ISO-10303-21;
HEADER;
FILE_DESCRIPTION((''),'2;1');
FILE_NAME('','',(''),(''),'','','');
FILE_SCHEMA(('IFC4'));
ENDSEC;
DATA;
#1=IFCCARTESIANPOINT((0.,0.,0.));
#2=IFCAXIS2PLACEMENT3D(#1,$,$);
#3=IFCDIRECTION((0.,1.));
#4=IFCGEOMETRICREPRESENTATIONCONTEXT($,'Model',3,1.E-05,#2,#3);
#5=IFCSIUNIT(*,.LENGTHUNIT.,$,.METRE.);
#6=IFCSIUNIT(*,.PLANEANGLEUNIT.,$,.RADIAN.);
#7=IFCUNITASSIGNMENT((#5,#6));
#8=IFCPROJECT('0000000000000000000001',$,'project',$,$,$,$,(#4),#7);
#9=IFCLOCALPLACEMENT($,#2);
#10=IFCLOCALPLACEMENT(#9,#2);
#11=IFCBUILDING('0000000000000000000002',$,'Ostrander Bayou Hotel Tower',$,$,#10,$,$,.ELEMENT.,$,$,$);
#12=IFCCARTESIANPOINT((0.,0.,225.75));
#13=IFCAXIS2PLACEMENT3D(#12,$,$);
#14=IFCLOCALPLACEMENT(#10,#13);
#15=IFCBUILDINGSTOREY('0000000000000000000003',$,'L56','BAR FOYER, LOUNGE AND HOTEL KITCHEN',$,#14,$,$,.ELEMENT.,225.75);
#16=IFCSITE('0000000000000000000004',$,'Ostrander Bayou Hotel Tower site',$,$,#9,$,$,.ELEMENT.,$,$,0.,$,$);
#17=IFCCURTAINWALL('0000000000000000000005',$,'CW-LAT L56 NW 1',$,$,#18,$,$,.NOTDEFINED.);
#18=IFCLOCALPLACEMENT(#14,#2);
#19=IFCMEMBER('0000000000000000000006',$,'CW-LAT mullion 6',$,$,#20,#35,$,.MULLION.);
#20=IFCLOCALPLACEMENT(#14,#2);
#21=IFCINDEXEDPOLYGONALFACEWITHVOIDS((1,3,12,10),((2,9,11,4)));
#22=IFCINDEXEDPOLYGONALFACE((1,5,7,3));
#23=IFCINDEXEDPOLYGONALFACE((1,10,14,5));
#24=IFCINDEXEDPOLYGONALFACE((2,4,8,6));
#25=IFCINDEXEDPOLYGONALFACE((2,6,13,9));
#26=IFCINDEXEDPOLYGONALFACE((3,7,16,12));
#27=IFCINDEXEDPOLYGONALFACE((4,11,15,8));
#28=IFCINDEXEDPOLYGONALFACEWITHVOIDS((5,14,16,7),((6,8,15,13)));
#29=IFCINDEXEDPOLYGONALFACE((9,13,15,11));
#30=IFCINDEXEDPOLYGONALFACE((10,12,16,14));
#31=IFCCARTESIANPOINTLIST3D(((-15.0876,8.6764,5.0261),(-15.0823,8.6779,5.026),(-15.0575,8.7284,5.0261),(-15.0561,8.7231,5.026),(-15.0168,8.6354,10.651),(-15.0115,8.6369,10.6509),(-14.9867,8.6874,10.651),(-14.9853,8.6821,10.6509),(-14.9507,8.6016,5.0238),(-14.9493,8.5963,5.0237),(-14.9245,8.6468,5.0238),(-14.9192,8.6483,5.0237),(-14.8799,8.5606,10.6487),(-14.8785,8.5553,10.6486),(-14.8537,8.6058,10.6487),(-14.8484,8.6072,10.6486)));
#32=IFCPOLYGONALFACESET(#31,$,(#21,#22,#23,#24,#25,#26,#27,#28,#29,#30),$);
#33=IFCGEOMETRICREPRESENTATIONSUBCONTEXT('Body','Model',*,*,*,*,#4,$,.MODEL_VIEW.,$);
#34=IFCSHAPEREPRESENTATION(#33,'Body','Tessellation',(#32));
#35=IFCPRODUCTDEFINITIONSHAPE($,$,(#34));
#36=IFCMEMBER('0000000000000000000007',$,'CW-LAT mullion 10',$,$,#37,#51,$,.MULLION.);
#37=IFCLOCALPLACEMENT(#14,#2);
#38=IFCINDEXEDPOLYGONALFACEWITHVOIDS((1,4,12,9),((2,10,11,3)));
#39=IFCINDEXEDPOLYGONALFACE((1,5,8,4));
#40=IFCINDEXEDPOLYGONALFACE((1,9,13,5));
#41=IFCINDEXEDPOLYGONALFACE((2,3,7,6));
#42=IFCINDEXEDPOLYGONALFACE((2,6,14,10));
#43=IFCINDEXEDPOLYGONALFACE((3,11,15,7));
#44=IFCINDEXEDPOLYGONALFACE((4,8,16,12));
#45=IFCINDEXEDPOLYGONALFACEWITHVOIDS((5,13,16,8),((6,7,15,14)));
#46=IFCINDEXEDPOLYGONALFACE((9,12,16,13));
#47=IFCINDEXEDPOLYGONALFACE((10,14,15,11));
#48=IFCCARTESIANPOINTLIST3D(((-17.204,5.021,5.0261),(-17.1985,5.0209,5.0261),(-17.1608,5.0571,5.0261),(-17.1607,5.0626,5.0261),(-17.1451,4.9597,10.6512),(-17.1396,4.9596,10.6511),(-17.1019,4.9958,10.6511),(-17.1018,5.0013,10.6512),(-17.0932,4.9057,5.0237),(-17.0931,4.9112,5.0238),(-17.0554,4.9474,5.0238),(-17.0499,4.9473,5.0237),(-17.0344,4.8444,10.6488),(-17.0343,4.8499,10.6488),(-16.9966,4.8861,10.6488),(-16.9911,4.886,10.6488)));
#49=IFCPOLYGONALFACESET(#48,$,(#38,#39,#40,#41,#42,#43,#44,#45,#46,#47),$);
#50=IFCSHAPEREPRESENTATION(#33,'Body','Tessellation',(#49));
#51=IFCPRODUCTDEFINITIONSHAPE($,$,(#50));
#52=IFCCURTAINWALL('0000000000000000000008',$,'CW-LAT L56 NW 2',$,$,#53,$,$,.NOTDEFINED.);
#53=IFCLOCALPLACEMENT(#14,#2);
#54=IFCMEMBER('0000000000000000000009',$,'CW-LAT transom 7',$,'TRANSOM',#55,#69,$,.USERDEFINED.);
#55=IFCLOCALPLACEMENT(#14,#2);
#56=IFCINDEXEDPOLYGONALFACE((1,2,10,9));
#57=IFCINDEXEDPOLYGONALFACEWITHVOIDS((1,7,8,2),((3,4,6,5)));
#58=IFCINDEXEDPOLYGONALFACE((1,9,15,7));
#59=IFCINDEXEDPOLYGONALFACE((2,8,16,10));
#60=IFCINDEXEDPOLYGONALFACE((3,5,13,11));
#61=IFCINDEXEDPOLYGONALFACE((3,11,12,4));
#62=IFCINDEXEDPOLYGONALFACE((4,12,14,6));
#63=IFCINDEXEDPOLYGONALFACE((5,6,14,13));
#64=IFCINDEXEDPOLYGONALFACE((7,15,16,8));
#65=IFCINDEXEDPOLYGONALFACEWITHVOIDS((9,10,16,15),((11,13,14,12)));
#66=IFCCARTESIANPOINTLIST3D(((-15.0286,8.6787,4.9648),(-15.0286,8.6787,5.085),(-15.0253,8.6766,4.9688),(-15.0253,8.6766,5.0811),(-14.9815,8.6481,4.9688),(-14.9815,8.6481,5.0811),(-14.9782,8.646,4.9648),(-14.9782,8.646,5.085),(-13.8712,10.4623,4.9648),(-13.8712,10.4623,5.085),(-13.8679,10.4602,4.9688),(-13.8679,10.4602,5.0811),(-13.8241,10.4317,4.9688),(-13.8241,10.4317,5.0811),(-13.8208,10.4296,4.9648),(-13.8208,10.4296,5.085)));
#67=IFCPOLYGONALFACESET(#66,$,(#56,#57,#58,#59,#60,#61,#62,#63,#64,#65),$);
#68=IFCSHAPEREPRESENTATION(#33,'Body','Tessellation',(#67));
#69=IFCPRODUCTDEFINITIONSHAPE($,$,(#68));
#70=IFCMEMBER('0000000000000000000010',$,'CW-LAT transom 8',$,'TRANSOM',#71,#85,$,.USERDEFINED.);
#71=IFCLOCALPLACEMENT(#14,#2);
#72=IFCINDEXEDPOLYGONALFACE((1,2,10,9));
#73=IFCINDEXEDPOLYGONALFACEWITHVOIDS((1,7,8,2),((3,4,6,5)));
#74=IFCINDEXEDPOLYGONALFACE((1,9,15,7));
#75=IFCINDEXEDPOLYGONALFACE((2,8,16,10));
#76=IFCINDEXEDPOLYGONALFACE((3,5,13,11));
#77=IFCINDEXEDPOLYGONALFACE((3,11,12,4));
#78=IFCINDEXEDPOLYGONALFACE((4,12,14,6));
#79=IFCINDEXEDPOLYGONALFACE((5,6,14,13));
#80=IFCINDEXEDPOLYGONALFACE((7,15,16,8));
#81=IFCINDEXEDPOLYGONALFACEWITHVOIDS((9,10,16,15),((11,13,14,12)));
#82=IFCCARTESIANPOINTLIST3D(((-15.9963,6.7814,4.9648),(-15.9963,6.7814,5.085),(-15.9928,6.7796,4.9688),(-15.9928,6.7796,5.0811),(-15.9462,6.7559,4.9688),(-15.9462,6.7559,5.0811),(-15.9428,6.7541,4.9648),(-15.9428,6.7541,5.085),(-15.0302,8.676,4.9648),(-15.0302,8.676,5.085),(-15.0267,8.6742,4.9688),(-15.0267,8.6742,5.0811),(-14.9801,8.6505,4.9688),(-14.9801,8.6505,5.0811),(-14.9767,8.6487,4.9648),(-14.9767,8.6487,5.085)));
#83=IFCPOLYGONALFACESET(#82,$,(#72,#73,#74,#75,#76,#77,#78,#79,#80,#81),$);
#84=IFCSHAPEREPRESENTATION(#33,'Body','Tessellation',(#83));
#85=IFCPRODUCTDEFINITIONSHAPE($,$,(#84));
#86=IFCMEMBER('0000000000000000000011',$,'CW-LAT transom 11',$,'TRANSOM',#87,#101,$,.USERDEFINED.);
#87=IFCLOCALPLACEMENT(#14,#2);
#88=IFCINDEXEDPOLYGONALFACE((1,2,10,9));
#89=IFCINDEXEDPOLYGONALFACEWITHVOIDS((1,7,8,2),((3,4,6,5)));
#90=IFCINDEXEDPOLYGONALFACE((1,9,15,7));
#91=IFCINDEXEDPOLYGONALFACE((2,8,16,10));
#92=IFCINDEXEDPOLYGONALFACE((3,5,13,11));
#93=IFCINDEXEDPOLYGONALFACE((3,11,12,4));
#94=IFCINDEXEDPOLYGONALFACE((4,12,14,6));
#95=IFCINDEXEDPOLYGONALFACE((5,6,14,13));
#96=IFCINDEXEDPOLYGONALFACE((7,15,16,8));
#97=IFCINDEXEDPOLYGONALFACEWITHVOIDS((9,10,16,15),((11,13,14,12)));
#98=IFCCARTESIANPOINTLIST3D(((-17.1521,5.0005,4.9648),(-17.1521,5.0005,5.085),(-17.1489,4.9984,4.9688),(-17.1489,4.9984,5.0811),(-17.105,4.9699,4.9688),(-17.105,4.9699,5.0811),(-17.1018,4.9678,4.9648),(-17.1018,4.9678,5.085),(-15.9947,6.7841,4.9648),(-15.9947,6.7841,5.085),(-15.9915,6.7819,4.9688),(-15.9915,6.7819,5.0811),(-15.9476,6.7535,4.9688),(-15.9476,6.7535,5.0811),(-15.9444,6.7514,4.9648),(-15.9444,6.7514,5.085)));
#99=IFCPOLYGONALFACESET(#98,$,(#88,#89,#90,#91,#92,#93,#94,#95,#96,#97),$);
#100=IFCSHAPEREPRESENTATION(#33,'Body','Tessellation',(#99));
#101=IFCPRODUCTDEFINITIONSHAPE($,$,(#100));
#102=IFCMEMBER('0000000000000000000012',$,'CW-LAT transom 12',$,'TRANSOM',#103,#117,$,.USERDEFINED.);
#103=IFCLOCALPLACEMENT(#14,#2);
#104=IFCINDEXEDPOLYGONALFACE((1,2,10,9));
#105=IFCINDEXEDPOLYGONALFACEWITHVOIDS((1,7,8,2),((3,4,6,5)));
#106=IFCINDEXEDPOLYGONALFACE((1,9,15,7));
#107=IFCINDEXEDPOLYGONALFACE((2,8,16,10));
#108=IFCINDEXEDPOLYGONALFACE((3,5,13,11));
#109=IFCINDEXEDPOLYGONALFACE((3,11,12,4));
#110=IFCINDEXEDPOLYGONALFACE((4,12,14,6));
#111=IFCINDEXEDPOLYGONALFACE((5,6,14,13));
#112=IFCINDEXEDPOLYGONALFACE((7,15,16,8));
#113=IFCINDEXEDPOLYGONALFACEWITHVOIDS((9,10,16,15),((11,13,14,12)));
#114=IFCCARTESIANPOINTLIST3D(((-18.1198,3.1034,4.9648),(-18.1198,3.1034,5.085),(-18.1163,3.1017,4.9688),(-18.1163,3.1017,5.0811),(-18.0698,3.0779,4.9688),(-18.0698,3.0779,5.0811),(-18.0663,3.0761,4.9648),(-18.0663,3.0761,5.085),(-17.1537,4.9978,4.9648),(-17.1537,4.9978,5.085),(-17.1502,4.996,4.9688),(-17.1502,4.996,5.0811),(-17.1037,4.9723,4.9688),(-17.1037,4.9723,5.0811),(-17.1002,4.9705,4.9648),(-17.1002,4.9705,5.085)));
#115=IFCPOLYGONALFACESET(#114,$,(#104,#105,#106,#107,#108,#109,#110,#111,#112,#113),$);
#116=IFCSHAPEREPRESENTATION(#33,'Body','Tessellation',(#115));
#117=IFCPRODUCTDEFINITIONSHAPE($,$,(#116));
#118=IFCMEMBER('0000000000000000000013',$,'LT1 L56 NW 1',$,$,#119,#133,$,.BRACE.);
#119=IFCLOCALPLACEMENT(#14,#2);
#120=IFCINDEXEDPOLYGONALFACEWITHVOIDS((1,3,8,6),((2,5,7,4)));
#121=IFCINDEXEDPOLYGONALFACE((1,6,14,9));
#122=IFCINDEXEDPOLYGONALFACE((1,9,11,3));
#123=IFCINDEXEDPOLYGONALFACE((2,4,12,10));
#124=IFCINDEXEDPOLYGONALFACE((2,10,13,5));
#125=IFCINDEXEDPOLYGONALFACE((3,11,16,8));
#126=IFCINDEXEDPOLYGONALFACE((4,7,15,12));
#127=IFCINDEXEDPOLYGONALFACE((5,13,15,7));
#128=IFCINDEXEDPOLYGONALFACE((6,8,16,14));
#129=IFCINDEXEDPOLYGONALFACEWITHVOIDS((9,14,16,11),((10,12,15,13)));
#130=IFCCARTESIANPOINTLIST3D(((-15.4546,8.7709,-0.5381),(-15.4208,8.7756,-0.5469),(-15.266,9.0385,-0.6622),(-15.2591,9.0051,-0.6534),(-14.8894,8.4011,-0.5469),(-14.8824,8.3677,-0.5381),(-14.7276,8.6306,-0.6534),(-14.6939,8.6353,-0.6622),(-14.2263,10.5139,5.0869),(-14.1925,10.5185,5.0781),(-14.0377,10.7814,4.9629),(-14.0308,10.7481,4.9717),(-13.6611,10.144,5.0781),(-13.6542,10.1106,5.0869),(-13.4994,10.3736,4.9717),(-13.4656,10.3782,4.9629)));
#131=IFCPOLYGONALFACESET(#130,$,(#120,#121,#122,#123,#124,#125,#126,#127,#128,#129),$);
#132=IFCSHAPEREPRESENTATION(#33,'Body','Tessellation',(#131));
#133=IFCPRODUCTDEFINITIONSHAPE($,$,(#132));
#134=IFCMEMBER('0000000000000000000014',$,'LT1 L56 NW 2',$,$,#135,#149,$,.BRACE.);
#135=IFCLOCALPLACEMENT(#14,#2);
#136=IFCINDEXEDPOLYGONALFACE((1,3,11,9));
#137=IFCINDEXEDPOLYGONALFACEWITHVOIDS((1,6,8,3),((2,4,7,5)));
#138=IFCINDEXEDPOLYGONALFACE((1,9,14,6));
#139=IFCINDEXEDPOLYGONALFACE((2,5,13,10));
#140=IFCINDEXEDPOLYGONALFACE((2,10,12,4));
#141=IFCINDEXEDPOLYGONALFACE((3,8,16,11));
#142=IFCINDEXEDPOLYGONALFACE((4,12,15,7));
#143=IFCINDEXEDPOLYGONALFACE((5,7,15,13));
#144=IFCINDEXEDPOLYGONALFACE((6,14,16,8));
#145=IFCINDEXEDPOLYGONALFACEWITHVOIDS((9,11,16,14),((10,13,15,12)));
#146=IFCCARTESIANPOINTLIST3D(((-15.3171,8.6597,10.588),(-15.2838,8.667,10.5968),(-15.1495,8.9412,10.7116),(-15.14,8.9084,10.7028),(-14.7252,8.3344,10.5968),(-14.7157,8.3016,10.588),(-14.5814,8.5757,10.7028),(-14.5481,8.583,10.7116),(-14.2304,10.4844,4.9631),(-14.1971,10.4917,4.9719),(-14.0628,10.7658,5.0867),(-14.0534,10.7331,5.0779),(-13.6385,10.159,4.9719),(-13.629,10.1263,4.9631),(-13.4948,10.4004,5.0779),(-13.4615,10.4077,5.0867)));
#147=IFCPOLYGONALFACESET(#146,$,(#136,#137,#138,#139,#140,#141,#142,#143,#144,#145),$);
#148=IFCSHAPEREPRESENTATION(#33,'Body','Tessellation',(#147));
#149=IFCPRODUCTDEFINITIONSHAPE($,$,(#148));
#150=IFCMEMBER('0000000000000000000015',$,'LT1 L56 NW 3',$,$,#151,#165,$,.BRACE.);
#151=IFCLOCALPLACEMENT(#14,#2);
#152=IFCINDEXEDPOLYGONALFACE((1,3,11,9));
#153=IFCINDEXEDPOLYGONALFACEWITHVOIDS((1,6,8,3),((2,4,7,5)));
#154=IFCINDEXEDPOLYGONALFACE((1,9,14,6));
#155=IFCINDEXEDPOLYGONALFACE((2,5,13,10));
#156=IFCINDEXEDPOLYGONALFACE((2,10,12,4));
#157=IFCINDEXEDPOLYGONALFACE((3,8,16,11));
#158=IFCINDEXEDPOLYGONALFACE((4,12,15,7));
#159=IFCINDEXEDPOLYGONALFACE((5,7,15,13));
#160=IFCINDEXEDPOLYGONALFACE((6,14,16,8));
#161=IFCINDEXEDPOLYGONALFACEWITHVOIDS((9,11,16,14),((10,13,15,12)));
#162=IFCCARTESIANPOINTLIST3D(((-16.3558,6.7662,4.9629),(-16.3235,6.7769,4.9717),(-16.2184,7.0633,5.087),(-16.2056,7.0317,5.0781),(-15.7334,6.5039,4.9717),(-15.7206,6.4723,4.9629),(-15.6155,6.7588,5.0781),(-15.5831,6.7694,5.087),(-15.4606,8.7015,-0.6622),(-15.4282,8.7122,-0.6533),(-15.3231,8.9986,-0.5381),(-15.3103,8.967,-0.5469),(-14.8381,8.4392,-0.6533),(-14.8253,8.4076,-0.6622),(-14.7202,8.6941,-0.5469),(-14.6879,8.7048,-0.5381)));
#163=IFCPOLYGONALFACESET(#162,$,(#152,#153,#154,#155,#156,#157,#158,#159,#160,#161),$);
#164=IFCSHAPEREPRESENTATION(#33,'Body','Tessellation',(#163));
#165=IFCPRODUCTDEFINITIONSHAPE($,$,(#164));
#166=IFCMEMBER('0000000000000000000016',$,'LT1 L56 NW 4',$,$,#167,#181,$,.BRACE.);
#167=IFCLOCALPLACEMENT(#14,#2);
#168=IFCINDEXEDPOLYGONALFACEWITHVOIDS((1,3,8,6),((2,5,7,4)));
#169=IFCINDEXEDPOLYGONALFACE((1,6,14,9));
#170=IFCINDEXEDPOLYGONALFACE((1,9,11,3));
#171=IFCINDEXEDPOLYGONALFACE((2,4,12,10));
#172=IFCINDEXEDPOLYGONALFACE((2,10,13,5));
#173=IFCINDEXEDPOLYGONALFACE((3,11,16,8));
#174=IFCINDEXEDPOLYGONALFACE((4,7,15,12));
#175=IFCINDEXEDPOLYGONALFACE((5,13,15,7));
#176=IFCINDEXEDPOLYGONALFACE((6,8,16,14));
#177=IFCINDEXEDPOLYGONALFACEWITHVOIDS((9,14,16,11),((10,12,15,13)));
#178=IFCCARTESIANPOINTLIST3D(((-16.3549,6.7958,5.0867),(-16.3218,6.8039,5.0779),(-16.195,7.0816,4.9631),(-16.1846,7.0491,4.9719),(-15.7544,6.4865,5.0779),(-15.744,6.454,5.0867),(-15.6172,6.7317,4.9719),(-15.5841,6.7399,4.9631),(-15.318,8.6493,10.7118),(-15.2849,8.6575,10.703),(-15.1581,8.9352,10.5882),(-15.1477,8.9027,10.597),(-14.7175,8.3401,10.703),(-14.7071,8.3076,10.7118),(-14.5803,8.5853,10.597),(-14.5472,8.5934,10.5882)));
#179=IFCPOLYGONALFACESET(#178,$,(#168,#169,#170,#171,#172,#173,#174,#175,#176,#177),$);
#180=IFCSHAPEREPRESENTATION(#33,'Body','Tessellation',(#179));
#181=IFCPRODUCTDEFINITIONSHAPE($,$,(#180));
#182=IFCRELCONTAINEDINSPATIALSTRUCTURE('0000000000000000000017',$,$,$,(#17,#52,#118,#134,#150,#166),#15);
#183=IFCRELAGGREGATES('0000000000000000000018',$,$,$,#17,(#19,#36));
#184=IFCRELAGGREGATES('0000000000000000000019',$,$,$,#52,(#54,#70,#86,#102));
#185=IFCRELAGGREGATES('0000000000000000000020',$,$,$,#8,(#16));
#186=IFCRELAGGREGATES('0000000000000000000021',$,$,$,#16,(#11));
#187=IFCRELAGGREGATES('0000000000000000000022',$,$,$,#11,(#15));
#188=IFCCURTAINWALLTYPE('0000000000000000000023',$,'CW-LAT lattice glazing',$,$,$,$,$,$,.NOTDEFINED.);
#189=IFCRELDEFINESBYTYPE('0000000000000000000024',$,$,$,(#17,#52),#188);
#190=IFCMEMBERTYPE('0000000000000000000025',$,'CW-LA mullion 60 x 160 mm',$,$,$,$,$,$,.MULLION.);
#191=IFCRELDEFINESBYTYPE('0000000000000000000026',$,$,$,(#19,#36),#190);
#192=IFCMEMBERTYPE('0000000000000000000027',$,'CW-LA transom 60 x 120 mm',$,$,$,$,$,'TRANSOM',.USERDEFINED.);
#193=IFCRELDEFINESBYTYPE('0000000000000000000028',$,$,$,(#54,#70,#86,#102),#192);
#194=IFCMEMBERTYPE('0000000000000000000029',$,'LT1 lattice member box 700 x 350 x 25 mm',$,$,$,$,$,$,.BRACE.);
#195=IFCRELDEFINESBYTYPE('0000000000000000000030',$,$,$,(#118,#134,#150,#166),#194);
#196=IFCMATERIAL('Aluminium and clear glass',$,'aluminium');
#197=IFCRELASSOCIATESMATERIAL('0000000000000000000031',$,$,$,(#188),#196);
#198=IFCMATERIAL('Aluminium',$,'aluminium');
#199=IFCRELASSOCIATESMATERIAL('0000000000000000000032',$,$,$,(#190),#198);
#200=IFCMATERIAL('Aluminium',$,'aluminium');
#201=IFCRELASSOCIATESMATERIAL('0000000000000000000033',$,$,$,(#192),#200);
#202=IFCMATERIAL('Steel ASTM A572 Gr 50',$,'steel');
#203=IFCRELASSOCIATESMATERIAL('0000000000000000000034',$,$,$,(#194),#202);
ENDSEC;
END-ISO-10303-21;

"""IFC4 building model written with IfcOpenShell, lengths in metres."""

from ifc_helpers import new_model, si_unit, direction, frame, origin, origin_2d, place, context, subcontext, project, spatial, hollow_rectangle, extrude, material, material_profile, profile_set, type_object, element, aggregate, save


model = new_model("IFC4")

# Units and contexts
model_context = context("Model", 3, precision=1e-05, world=origin(), true_north=direction((0.0, 1.0)))
body_context = subcontext(model_context, "Body", "Model", "MODEL_VIEW")
ifc_project = project(units=[si_unit("LENGTHUNIT", "METRE"), si_unit("PLANEANGLEUNIT", "RADIAN")], contexts=[model_context])

# Site, building, storey
site_placement = place(None, origin())
site = spatial("IfcSite", under=ifc_project, at=site_placement, Name="Ostrander Bayou Hotel Tower site", CompositionType="ELEMENT", RefElevation=0.0)
building_placement = place(site_placement, origin())
building = spatial("IfcBuilding", under=site, at=building_placement, Name="Ostrander Bayou Hotel Tower", CompositionType="ELEMENT")
storey_placement = place(building_placement, frame((0.0, 0.0, 225.75)))
storey = spatial("IfcBuildingStorey", under=building, at=storey_placement, Name="L56", Description="BAR FOYER, LOUNGE AND HOTEL KITCHEN", CompositionType="ELEMENT", Elevation=225.75)

# Curtain walls, members
ifc_material_1 = material(Name="Aluminium and clear glass", Category="aluminium")
curtain_wall_type = type_object("IfcCurtainWallType", Name="CW-LAT lattice glazing", PredefinedType="NOTDEFINED", material=ifc_material_1)
curtain_wall_1_placement = place(storey_placement, origin())
curtain_wall_1 = element("IfcCurtainWall", 1, at=curtain_wall_1_placement, inside=storey, type_object=curtain_wall_type, Name="CW-LAT L56 NW 1", PredefinedType="NOTDEFINED")
ifc_material_2 = material(Name="Aluminium", Category="aluminium")
ifc_material_profile_1 = material_profile(ifc_material_2, hollow_rectangle(XDim=0.0601, YDim=0.1599, WallThickness=0.0039, at=origin_2d()))
ifc_profile_set_1 = profile_set([ifc_material_profile_1], Name="Aluminium")
member_type_1 = type_object("IfcMemberType", Name="CW-LA mullion 60 x 160 mm", PredefinedType="MULLION", material=ifc_profile_set_1)
member_1_placement = place(storey_placement, frame((-15.0034, 8.6624, 5.0249), z_axis=(0.012585, -0.007291, 0.999894), x_axis=(0.501271, 0.86529, 0.0)))
member_1 = element("IfcMember", 2, at=member_1_placement, type_object=member_type_1, Name="CW-LAT mullion 6", PredefinedType="MULLION", context=body_context, shape_type="SweptSolid", body=[
    extrude(hollow_rectangle(XDim=0.0601, YDim=0.1599, WallThickness=0.0039, at=origin_2d()), origin(), (0.0, 0.0, 1.0), 5.6255),
])
member_2_placement = place(storey_placement, frame((-17.127, 4.9841, 5.0249), z_axis=(0.010459, -0.010893, 0.999886), x_axis=(0.72133, 0.692592, 0.0)))
member_2 = element("IfcMember", 3, at=member_2_placement, type_object=member_type_1, Name="CW-LAT mullion 10", PredefinedType="MULLION", context=body_context, shape_type="SweptSolid", body=[
    extrude(hollow_rectangle(XDim=0.0601, YDim=0.1599, WallThickness=0.0039, at=origin_2d()), origin(), (0.0, 0.0, 1.0), 5.6257),
])
curtain_wall_2_placement = place(storey_placement, origin())
curtain_wall_2 = element("IfcCurtainWall", 4, at=curtain_wall_2_placement, inside=storey, type_object=curtain_wall_type, Name="CW-LAT L56 NW 2", PredefinedType="NOTDEFINED")
ifc_material_3 = material(Name="Aluminium", Category="aluminium")
ifc_material_profile_2 = material_profile(ifc_material_3, hollow_rectangle(XDim=0.0601, YDim=0.1201, WallThickness=0.0039, at=origin_2d()))
ifc_profile_set_2 = profile_set([ifc_material_profile_2], Name="Aluminium")
member_type_2 = type_object("IfcMemberType", Name="CW-LA transom 60 x 120 mm", ElementType="TRANSOM", PredefinedType="USERDEFINED", material=ifc_profile_set_2)
member_3_placement = place(storey_placement, frame((-15.0034, 8.6624, 5.0249), z_axis=(0.544351, 0.838858, 0.0), x_axis=(-0.838858, 0.544351, 0.0)))
member_3 = element("IfcMember", 5, at=member_3_placement, type_object=member_type_2, Name="CW-LAT transom 7", ObjectType="TRANSOM", PredefinedType="USERDEFINED", context=body_context, shape_type="SweptSolid", body=[
    extrude(hollow_rectangle(XDim=0.0601, YDim=0.1201, WallThickness=0.0039, at=origin_2d()), origin(), (0.0, 0.0, 1.0), 2.1262),
])
member_4_placement = place(storey_placement, frame((-15.0034, 8.6624, 5.0249), z_axis=(-0.454271, -0.890863, 0.0), x_axis=(0.890863, -0.454271, 0.0)))
member_4 = element("IfcMember", 6, at=member_4_placement, type_object=member_type_2, Name="CW-LAT transom 8", ObjectType="TRANSOM", PredefinedType="USERDEFINED", context=body_context, shape_type="SweptSolid", body=[
    extrude(hollow_rectangle(XDim=0.0601, YDim=0.1201, WallThickness=0.0039, at=origin_2d()), origin(), (0.0, 0.0, 1.0), 2.1267),
])
member_5_placement = place(storey_placement, frame((-17.127, 4.9841, 5.0249), z_axis=(0.544351, 0.838858, 0.0), x_axis=(-0.838858, 0.544351, 0.0)))
member_5 = element("IfcMember", 7, at=member_5_placement, type_object=member_type_2, Name="CW-LAT transom 11", ObjectType="TRANSOM", PredefinedType="USERDEFINED", context=body_context, shape_type="SweptSolid", body=[
    extrude(hollow_rectangle(XDim=0.0601, YDim=0.1201, WallThickness=0.0039, at=origin_2d()), origin(), (0.0, 0.0, 1.0), 2.1262),
])
member_6_placement = place(storey_placement, frame((-17.127, 4.9841, 5.0249), z_axis=(-0.454318, -0.89084, 0.0), x_axis=(0.89084, -0.454318, 0.0)))
member_6 = element("IfcMember", 8, at=member_6_placement, type_object=member_type_2, Name="CW-LAT transom 12", ObjectType="TRANSOM", PredefinedType="USERDEFINED", context=body_context, shape_type="SweptSolid", body=[
    extrude(hollow_rectangle(XDim=0.0601, YDim=0.1201, WallThickness=0.0039, at=origin_2d()), origin(), (0.0, 0.0, 1.0), 2.1265),
])

# Members
ifc_material_4 = material(Name="Steel ASTM A572 Gr 50", Category="steel")
ifc_material_profile_3 = material_profile(ifc_material_4, hollow_rectangle(XDim=0.7, YDim=0.3501, WallThickness=0.0249, at=origin_2d()))
ifc_profile_set_3 = profile_set([ifc_material_profile_3], Name="Steel ASTM A572 Gr 50")
member_type_3 = type_object("IfcMemberType", Name="LT1 lattice member box 700 x 350 x 25 mm", PredefinedType="BRACE", material=ifc_profile_set_3)
member_7_placement = place(storey_placement, frame((-13.8459, 10.446, 5.0249), z_axis=(-0.204182, -0.289735, -0.935074), x_axis=(0.817415, -0.576049, 0.0)))
element("IfcMember", 9, at=member_7_placement, inside=storey, type_object=member_type_3, Name="LT1 L56 NW 1", PredefinedType="BRACE", context=body_context, shape_type="SweptSolid", body=[
    extrude(hollow_rectangle(XDim=0.7, YDim=0.3501, WallThickness=0.0249, at=origin_2d()), origin(), (0.0, 0.0, 1.0), 6.0156),
])
member_8_placement = place(storey_placement, frame((-13.8459, 10.446, 5.0249), z_axis=(-0.180733, -0.303482, 0.93554), x_axis=(0.859182, -0.51167, 0.0)))
element("IfcMember", 10, at=member_8_placement, inside=storey, type_object=member_type_3, Name="LT1 L56 NW 2", PredefinedType="BRACE", context=body_context, shape_type="SweptSolid", body=[
    extrude(hollow_rectangle(XDim=0.7, YDim=0.3501, WallThickness=0.0249, at=origin_2d()), origin(), (0.0, 0.0, 1.0), 6.0125),
])
member_9_placement = place(storey_placement, frame((-15.9695, 6.7678, 5.0249), z_axis=(0.148824, 0.321714, -0.935068), x_axis=(-0.907594, 0.419849, 0.0)))
element("IfcMember", 11, at=member_9_placement, inside=storey, type_object=member_type_3, Name="LT1 L56 NW 3", PredefinedType="BRACE", context=body_context, shape_type="SweptSolid", body=[
    extrude(hollow_rectangle(XDim=0.7, YDim=0.3501, WallThickness=0.0249, at=origin_2d()), origin(), (0.0, 0.0, 1.0), 6.0156),
])
member_10_placement = place(storey_placement, frame((-15.9695, 6.7678, 5.0249), z_axis=(0.172449, 0.308272, 0.935537), x_axis=(-0.872727, 0.488208, 0.0)))
element("IfcMember", 12, at=member_10_placement, inside=storey, type_object=member_type_3, Name="LT1 L56 NW 4", PredefinedType="BRACE", context=body_context, shape_type="SweptSolid", body=[
    extrude(hollow_rectangle(XDim=0.7, YDim=0.3501, WallThickness=0.0249, at=origin_2d()), origin(), (0.0, 0.0, 1.0), 6.0127),
])

aggregate(curtain_wall_1, [member_1, member_2])
aggregate(curtain_wall_2, [member_3, member_4, member_5, member_6])

save(model, "model.ifc")
